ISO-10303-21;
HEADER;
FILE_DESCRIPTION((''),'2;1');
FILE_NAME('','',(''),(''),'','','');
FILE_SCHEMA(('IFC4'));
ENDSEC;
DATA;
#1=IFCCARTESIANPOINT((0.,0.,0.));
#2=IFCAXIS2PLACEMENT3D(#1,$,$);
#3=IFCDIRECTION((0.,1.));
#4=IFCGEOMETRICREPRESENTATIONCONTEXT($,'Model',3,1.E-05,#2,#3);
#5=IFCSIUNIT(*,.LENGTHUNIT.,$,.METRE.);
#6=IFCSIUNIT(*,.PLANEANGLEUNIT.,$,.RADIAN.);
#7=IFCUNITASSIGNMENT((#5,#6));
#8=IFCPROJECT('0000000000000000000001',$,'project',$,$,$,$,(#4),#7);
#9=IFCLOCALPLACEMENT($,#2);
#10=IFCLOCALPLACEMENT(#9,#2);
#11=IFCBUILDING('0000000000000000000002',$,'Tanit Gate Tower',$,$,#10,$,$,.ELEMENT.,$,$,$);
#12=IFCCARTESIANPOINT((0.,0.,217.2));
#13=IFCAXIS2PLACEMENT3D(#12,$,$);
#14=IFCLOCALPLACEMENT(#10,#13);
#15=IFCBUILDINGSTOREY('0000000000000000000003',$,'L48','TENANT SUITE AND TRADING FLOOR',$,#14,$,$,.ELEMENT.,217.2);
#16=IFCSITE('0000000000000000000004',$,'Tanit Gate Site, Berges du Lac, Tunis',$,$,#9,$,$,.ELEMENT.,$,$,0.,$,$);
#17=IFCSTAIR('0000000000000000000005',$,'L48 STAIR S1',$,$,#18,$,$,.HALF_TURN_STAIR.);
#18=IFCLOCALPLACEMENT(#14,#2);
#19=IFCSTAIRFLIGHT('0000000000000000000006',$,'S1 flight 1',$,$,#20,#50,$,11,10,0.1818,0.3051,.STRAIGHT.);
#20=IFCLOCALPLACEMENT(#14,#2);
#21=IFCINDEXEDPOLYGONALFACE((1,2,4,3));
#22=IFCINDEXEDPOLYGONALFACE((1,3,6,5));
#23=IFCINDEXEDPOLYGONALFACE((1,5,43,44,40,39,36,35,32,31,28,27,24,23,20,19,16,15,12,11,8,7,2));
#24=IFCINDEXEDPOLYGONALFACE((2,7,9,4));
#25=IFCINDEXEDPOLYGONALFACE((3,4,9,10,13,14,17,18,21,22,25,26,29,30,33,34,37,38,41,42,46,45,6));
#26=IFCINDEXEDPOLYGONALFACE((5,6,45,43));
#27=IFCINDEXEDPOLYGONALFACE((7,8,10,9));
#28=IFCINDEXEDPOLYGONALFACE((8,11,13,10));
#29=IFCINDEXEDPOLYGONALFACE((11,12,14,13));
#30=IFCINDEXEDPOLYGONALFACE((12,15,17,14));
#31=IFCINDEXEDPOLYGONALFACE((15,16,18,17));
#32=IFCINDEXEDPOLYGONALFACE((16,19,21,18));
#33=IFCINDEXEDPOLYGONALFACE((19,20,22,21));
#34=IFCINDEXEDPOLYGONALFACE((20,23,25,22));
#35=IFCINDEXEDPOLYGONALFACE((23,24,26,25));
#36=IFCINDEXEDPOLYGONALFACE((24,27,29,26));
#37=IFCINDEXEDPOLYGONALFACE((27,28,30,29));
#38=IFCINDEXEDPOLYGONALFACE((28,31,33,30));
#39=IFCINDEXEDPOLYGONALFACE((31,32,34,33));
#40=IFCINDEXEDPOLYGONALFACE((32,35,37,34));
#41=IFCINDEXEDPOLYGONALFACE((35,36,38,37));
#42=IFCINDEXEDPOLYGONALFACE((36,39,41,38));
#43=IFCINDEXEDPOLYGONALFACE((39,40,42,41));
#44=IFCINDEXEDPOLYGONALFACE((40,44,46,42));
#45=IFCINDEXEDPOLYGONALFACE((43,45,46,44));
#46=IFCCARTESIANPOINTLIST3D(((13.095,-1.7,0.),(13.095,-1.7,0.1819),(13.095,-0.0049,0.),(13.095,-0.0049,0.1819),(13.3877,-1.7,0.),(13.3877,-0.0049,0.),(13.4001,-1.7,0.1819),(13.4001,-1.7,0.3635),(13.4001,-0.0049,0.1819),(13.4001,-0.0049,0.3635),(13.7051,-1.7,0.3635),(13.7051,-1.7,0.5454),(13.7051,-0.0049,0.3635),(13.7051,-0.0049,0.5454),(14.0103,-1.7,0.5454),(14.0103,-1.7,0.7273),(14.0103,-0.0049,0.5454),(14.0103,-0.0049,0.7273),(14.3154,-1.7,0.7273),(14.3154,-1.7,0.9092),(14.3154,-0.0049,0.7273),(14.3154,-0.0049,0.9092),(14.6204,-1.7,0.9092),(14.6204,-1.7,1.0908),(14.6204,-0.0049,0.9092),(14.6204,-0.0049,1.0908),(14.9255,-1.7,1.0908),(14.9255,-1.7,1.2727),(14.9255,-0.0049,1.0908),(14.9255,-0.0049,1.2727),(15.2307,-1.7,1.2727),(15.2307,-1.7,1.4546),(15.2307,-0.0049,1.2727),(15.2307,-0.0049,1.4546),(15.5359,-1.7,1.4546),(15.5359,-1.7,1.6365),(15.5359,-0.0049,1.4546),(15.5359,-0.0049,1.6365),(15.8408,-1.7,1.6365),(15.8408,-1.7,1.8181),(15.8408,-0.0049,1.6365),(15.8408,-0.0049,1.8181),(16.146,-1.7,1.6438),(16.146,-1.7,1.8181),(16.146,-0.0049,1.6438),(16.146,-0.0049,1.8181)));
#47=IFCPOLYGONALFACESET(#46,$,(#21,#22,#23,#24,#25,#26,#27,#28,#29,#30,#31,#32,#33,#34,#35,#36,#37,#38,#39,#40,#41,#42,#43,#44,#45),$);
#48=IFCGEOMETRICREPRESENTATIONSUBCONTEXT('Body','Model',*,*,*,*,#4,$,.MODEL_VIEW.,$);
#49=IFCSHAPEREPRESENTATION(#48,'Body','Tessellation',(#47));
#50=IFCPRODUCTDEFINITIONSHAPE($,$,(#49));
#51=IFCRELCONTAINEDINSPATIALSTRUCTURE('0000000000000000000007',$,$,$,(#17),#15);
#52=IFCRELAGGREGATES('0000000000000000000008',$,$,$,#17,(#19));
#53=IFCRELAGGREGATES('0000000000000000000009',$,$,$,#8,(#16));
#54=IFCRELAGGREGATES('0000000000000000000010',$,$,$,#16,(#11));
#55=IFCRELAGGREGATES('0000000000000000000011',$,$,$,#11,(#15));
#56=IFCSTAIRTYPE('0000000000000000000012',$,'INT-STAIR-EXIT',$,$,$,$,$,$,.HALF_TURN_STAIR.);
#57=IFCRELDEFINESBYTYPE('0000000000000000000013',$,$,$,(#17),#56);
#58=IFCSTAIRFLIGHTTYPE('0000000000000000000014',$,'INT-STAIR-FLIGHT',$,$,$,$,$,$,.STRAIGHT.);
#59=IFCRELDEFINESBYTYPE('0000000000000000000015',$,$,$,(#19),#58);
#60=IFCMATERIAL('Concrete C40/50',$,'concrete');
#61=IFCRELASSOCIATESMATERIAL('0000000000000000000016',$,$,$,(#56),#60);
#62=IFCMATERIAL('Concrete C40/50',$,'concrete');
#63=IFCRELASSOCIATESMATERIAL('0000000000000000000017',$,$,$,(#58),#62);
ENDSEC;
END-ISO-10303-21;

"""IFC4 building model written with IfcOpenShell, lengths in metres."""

from ifc_helpers import new_model, si_unit, direction, frame, origin, place, context, subcontext, project, spatial, polyline, outline, extrude, material, type_object, element, aggregate, save


model = new_model("IFC4")

# Units and contexts
model_context = context("Model", 3, precision=1e-05, world=origin(), true_north=direction((0.0, 1.0)))
body_context = subcontext(model_context, "Body", "Model", "MODEL_VIEW")
ifc_project = project(units=[si_unit("LENGTHUNIT", "METRE"), si_unit("PLANEANGLEUNIT", "RADIAN")], contexts=[model_context])

# Site, building, storey
site_placement = place(None, origin())
site = spatial("IfcSite", under=ifc_project, at=site_placement, Name="Tanit Gate Site, Berges du Lac, Tunis", CompositionType="ELEMENT", RefElevation=0.0)
building_placement = place(site_placement, origin())
building = spatial("IfcBuilding", under=site, at=building_placement, Name="Tanit Gate Tower", CompositionType="ELEMENT")
storey_placement = place(building_placement, frame((0.0, 0.0, 217.2)))
storey = spatial("IfcBuildingStorey", under=building, at=storey_placement, Name="L48", Description="TENANT SUITE AND TRADING FLOOR", CompositionType="ELEMENT", Elevation=217.2)

# Stair, stair flight
ifc_material_1 = material(Name="Concrete C40/50", Category="concrete")
stair_type = type_object("IfcStairType", Name="INT-STAIR-EXIT", PredefinedType="HALF_TURN_STAIR", material=ifc_material_1)
stair_placement = place(storey_placement, origin())
stair = element("IfcStair", 1, at=stair_placement, inside=storey, type_object=stair_type, Name="L48 STAIR S1", PredefinedType="HALF_TURN_STAIR")
ifc_material_2 = material(Name="Concrete C40/50", Category="concrete")
stair_flight_type = type_object("IfcStairFlightType", Name="INT-STAIR-FLIGHT", PredefinedType="STRAIGHT", material=ifc_material_2)
stair_flight_placement = place(storey_placement, frame((13.095, -0.8525, 0.0), z_axis=(0.0, 0.0, 1.0), x_axis=(1.0, 0.0, 0.0)))
stair_flight = element("IfcStairFlight", 2, at=stair_flight_placement, type_object=stair_flight_type, Name="S1 flight 1", NumberOfRisers=11, NumberOfTreads=10, PredefinedType="STRAIGHT", RiserHeight=0.1818, TreadLength=0.3051, context=body_context, shape_type="SweptSolid", body=[
    extrude(outline(polyline([(0.0, 0.0), (0.0, 0.1819), (0.3052, 0.1819), (0.3052, 0.3635), (0.6101, 0.3635), (0.6101, 0.5454), (0.9153, 0.5454), (0.9153, 0.7273), (1.2205, 0.7273), (1.2205, 0.9092), (1.5254, 0.9092), (1.5254, 1.0908), (1.8306, 1.0908), (1.8306, 1.2727), (2.1357, 1.2727), (2.1357, 1.4546), (2.4409, 1.4546), (2.4409, 1.6365), (2.7458, 1.6365), (2.7458, 1.8181), (3.051, 1.8181), (3.051, 2.0), (3.051, 1.6438), (0.2927, 0.0), (0.0, 0.0)])), frame((0.0, 0.8477, 0.0), z_axis=(0.0, -1.0, 0.0), x_axis=(1.0, 0.0, 0.0)), (0.0, 0.0, 1.0), 1.6951),
])
aggregate(stair, [stair_flight])

save(model, "model.ifc")
